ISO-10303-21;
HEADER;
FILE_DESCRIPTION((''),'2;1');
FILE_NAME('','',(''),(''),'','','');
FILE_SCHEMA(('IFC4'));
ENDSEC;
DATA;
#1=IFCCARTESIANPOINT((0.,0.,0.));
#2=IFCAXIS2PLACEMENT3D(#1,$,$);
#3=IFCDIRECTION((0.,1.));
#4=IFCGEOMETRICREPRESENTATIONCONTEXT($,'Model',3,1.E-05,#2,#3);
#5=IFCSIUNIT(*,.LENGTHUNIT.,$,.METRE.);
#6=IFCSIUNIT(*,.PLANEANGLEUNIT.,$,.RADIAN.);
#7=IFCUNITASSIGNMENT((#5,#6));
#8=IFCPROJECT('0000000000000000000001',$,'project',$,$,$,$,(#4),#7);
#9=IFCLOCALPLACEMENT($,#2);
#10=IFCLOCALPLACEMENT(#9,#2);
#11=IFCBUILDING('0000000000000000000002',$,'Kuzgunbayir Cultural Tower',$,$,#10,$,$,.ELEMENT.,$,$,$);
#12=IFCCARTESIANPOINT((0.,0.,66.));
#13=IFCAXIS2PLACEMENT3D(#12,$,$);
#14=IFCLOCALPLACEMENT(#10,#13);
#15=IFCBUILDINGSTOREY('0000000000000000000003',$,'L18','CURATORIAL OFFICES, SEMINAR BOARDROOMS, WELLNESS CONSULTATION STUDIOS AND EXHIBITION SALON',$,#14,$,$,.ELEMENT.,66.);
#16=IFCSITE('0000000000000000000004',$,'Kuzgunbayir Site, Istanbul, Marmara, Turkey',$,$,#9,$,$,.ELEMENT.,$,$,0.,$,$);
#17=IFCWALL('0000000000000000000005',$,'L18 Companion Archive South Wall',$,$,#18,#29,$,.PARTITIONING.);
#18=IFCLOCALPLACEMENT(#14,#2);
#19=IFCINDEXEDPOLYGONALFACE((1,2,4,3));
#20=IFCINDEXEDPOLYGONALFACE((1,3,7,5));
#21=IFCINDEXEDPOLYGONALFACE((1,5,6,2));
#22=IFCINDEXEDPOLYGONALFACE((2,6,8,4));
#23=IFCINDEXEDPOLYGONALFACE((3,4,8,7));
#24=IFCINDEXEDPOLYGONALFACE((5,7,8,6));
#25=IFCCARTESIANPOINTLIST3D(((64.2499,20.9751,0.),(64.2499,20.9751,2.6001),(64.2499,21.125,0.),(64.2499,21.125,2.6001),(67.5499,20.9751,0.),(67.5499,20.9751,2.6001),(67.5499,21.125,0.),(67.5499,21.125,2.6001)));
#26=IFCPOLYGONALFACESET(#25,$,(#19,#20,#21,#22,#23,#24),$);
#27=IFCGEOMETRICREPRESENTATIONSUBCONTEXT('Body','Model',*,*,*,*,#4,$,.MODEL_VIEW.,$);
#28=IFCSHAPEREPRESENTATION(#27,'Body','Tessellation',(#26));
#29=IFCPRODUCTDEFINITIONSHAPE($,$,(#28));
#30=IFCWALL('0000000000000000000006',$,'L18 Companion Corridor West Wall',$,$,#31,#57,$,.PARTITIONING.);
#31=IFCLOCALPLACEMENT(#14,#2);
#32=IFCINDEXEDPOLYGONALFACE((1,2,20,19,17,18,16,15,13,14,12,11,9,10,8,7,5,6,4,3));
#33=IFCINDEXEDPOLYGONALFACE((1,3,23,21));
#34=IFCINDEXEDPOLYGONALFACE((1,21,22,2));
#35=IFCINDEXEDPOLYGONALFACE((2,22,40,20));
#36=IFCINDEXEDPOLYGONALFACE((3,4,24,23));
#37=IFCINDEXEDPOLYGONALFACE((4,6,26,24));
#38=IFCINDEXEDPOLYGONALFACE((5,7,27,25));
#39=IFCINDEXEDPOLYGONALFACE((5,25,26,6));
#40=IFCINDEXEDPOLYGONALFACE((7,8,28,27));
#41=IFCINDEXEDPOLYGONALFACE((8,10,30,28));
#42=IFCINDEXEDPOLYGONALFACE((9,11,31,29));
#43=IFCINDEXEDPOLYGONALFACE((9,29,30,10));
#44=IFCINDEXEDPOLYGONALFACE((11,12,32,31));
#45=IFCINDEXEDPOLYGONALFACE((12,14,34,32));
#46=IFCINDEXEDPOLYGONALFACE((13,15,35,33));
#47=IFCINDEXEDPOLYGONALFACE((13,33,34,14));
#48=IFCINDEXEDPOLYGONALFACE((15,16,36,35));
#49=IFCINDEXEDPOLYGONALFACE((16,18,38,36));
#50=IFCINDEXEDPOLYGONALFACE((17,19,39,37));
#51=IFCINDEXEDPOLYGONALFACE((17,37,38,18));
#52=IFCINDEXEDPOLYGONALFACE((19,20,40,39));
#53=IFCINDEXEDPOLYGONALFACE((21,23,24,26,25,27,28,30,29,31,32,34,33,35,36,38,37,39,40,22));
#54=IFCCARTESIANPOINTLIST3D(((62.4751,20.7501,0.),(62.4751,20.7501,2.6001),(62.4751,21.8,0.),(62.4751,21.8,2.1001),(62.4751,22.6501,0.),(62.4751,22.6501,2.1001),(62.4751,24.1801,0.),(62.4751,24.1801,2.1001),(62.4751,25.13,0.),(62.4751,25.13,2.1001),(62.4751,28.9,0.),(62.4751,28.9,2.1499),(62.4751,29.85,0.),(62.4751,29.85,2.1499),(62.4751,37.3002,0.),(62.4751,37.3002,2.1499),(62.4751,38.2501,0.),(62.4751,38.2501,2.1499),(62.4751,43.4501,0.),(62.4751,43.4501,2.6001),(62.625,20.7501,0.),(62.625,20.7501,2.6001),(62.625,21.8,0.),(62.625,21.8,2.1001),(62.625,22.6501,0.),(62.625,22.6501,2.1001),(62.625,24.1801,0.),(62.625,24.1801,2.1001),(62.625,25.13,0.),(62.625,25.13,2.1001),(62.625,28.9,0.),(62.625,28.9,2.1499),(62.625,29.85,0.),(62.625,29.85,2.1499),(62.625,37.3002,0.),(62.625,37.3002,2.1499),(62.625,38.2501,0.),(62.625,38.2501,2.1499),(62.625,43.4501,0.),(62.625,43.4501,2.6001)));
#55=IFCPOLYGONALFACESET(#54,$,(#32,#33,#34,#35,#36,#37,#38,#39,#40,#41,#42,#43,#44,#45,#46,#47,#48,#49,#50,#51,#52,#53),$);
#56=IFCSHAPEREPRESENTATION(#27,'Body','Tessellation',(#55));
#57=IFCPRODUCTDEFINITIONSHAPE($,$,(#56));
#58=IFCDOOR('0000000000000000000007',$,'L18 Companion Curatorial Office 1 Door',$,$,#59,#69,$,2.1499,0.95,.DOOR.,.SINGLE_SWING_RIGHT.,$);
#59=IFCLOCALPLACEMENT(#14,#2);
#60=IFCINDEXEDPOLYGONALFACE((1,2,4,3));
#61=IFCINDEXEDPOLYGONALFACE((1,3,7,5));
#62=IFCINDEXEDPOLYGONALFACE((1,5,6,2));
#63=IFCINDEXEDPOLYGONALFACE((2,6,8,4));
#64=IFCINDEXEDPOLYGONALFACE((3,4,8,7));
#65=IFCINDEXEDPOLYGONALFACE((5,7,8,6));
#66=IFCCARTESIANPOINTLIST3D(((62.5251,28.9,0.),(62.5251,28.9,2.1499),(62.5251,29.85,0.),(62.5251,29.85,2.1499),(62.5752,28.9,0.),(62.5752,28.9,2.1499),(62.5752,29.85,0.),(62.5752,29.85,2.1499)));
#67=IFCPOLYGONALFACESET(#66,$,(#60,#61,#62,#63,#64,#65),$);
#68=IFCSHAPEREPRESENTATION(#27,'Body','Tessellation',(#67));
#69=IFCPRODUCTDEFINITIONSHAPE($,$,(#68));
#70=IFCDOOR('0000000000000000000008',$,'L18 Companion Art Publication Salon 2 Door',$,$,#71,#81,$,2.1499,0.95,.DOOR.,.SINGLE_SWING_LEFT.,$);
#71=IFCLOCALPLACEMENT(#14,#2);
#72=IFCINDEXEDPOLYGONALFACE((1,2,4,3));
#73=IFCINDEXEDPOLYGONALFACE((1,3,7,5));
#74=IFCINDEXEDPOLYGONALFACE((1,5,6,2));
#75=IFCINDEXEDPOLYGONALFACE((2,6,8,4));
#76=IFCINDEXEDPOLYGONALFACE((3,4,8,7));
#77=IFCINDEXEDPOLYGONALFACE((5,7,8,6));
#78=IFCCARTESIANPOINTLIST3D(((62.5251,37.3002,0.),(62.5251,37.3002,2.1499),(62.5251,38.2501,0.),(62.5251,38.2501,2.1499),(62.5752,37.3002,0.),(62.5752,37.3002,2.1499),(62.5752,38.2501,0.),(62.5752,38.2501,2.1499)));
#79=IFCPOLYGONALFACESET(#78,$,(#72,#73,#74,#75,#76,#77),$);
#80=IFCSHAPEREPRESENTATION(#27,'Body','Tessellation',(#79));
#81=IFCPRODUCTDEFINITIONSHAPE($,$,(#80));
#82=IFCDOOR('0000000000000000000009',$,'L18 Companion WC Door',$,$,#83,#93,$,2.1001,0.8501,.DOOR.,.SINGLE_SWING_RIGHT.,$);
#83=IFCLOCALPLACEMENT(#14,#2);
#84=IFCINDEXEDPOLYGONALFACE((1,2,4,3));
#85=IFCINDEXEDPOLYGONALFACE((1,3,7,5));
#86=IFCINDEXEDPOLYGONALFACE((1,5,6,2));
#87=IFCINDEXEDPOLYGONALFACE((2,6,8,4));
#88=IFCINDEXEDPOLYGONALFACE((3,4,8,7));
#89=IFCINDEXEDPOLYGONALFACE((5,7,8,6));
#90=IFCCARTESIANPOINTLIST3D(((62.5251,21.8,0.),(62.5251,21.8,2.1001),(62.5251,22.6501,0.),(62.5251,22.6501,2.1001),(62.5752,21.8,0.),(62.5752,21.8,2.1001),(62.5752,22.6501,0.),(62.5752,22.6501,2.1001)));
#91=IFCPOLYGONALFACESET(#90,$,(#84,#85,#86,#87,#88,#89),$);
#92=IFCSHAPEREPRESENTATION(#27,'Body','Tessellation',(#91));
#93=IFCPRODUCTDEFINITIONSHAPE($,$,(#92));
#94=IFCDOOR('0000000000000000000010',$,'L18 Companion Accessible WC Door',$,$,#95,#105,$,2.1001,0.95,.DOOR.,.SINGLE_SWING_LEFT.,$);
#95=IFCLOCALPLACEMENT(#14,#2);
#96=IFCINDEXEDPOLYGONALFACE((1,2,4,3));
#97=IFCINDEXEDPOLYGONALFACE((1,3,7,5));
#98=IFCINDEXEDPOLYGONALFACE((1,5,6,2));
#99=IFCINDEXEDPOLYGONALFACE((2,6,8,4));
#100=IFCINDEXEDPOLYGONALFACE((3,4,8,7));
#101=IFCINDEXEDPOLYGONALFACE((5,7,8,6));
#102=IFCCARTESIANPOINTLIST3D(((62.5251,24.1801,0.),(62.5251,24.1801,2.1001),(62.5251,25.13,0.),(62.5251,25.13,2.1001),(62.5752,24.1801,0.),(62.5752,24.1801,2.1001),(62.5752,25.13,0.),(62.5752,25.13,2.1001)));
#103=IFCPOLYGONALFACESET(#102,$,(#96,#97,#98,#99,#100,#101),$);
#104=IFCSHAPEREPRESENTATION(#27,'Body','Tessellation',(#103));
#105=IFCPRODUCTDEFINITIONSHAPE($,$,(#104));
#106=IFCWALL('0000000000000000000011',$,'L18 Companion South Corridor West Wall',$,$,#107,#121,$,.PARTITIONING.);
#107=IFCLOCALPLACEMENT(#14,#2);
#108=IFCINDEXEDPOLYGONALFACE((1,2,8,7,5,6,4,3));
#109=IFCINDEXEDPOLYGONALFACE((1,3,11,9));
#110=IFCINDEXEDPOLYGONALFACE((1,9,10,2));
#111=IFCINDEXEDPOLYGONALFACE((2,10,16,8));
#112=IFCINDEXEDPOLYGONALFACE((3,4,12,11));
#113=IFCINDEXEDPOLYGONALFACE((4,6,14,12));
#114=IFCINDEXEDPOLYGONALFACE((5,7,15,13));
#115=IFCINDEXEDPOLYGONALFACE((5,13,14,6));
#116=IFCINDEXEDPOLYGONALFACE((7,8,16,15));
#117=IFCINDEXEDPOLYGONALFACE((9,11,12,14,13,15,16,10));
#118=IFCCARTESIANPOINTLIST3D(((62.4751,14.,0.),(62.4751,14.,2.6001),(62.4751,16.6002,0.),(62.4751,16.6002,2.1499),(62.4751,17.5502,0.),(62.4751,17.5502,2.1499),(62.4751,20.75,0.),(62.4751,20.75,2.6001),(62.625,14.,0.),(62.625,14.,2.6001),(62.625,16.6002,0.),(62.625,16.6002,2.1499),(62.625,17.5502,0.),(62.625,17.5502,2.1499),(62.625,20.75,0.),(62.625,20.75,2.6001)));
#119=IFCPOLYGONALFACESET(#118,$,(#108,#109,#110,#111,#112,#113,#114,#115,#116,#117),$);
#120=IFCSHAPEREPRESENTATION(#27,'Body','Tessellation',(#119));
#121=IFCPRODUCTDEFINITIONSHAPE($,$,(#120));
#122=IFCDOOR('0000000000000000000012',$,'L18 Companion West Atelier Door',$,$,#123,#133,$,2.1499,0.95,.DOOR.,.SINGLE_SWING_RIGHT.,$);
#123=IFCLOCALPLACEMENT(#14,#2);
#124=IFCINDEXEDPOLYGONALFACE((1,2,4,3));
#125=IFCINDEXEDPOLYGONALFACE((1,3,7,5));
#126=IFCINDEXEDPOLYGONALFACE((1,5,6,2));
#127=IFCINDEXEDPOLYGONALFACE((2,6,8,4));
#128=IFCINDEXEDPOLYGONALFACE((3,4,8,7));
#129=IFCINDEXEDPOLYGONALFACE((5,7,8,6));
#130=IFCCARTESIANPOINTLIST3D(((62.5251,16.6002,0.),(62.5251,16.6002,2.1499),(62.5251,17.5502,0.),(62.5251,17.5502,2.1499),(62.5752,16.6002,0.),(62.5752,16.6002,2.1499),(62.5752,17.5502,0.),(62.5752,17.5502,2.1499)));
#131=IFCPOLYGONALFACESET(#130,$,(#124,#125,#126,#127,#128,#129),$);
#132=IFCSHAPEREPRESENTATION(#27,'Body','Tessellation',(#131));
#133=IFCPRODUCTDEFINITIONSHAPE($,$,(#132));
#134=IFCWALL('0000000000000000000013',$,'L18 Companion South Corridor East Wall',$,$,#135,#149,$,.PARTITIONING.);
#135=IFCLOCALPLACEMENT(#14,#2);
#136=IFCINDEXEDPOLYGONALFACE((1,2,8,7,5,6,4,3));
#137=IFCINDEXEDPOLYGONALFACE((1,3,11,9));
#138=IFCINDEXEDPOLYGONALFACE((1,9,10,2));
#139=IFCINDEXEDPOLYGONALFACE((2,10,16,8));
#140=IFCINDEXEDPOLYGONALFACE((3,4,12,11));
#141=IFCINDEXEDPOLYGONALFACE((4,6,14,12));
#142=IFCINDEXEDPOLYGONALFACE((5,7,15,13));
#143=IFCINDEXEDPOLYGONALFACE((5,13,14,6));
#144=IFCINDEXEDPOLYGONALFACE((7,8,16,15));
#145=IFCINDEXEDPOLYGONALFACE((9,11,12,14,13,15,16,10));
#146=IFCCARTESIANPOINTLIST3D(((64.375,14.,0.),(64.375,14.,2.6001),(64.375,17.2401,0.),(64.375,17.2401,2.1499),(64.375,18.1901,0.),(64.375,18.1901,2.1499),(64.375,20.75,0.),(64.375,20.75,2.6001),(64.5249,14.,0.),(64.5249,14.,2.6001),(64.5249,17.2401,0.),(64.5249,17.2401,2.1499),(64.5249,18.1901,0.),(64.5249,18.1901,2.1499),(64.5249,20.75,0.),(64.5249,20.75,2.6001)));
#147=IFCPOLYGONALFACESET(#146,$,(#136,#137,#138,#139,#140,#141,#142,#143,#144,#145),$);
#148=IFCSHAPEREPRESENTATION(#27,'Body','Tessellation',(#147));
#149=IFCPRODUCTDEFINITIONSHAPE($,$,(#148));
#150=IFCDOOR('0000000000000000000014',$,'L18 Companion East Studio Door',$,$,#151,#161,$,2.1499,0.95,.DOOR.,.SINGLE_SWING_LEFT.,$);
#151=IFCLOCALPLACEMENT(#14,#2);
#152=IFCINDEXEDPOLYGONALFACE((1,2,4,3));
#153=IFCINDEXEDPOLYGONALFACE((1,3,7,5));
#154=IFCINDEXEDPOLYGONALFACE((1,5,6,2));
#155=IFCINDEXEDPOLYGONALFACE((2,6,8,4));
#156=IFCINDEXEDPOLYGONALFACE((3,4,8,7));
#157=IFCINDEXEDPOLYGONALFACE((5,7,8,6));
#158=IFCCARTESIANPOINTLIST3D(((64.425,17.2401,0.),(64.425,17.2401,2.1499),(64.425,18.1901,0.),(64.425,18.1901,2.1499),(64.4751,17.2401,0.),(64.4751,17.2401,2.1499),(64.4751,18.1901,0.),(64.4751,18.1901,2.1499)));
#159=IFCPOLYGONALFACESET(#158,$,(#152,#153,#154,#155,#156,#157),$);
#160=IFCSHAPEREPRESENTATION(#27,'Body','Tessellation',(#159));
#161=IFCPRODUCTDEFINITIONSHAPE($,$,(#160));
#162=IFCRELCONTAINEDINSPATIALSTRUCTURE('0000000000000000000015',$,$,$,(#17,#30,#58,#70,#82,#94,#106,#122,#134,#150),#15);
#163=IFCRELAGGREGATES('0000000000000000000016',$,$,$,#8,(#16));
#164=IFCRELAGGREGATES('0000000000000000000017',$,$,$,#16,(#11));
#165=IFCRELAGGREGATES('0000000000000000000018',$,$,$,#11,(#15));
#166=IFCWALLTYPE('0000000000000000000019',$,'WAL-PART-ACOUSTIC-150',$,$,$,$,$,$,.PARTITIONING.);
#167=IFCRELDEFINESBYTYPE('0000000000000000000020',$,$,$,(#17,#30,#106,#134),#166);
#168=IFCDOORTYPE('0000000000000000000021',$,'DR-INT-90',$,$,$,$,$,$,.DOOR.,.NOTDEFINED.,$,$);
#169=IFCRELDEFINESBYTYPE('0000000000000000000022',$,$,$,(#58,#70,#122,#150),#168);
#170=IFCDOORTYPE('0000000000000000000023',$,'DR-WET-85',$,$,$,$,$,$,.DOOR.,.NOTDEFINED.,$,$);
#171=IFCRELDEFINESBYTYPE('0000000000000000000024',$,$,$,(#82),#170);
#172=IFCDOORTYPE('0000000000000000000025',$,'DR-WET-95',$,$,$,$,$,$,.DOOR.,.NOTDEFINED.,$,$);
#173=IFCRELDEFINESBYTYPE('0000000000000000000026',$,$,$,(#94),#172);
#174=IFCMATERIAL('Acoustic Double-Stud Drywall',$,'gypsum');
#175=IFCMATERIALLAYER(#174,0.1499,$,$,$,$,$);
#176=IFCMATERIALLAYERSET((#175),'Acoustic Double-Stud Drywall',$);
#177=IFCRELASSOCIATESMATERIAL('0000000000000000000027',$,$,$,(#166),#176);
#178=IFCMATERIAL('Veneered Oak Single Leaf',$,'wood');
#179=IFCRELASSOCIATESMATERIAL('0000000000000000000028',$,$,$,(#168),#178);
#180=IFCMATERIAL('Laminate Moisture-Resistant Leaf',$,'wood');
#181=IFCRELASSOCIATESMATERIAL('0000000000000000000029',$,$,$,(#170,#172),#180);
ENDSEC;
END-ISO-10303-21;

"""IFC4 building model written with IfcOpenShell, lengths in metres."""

from ifc_helpers import new_model, si_unit, direction, frame, frame_2d, origin, place, context, subcontext, project, spatial, rectangle, extrude, material, layer, layer_set, type_object, element, fill, save


model = new_model("IFC4")

# Units and contexts
model_context = context("Model", 3, precision=1e-05, world=origin(), true_north=direction((0.0, 1.0)))
body_context = subcontext(model_context, "Body", "Model", "MODEL_VIEW")
ifc_project = project(units=[si_unit("LENGTHUNIT", "METRE"), si_unit("PLANEANGLEUNIT", "RADIAN")], contexts=[model_context])

# Site, building, storey
site_placement = place(None, origin())
site = spatial("IfcSite", under=ifc_project, at=site_placement, Name="Kuzgunbayir Site, Istanbul, Marmara, Turkey", CompositionType="ELEMENT", RefElevation=0.0)
building_placement = place(site_placement, origin())
building = spatial("IfcBuilding", under=site, at=building_placement, Name="Kuzgunbayir Cultural Tower", CompositionType="ELEMENT")
storey_placement = place(building_placement, frame((0.0, 0.0, 66.0)))
storey = spatial("IfcBuildingStorey", under=building, at=storey_placement, Name="L18", Description="CURATORIAL OFFICES, SEMINAR BOARDROOMS, WELLNESS CONSULTATION STUDIOS AND EXHIBITION SALON", CompositionType="ELEMENT", Elevation=66.0)

# Shared definitions
ifc_material_1 = material(Name="Acoustic Double-Stud Drywall", Category="gypsum")
ifc_layer_1 = layer(ifc_material_1, 0.1499)
ifc_layer_set_1 = layer_set([ifc_layer_1], Name="Acoustic Double-Stud Drywall")
wall_type_1 = type_object("IfcWallType", Name="WAL-PART-ACOUSTIC-150", PredefinedType="PARTITIONING", material=ifc_layer_set_1)
ifc_material_2 = material(Name="Veneered Oak Single Leaf", Category="wood")
door_type_1 = type_object("IfcDoorType", Name="DR-INT-90", OperationType="NOTDEFINED", PredefinedType="DOOR", material=ifc_material_2)

# Wall
wall_1_placement = place(storey_placement, frame((64.25, 21.05, 0.0), z_axis=(0.0, 0.0, 1.0), x_axis=(1.0, 0.0, 0.0)))
element("IfcWall", 1, at=wall_1_placement, inside=storey, type_object=wall_type_1, Name="L18 Companion Archive South Wall", PredefinedType="PARTITIONING", context=body_context, shape_type="SweptSolid", body=[
    extrude(rectangle(XDim=3.3, YDim=0.1499, at=frame_2d((1.6499, 0.0))), origin(), (0.0, 0.0, 1.0), 2.6001),
])

# Wall, openings, doors
wall_2_placement = place(storey_placement, frame((62.55, 20.75, 0.0), z_axis=(0.0, 0.0, 1.0), x_axis=(0.0, 1.0, 0.0)))
wall_2 = element("IfcWall", 2, at=wall_2_placement, inside=storey, type_object=wall_type_1, Name="L18 Companion Corridor West Wall", PredefinedType="PARTITIONING", context=body_context, shape_type="SweptSolid", body=[
    extrude(rectangle(XDim=22.7, YDim=0.1499, at=frame_2d((11.3501, 0.0))), origin(), (0.0, 0.0, 1.0), 2.6001),
])
opening_1_placement = place(wall_2_placement, frame((1.05, 0.0, 0.0)))
opening_1 = element("IfcOpeningElement", 3, at=opening_1_placement, cuts=wall_2, PredefinedType="OPENING", context=body_context, shape_type="SweptSolid", body=[
    extrude(rectangle(XDim=0.8501, YDim=2.1001, at=frame_2d((0.425, 1.05))), frame((0.0, 0.085, 0.0), z_axis=(0.0, -1.0, 0.0), x_axis=(1.0, 0.0, 0.0)), (0.0, 0.0, 1.0), 0.1699),
])
opening_2_placement = place(wall_2_placement, frame((3.4299, 0.0, 0.0)))
opening_2 = element("IfcOpeningElement", 4, at=opening_2_placement, cuts=wall_2, PredefinedType="OPENING", context=body_context, shape_type="SweptSolid", body=[
    extrude(rectangle(XDim=0.95, YDim=2.1001, at=frame_2d((0.4751, 1.05))), frame((0.0, 0.085, 0.0), z_axis=(0.0, -1.0, 0.0), x_axis=(1.0, 0.0, 0.0)), (0.0, 0.0, 1.0), 0.1699),
])
opening_3_placement = place(wall_2_placement, frame((8.1499, 0.0, 0.0)))
opening_3 = element("IfcOpeningElement", 5, at=opening_3_placement, cuts=wall_2, PredefinedType="OPENING", context=body_context, shape_type="SweptSolid", body=[
    extrude(rectangle(XDim=0.95, YDim=2.1499, at=frame_2d((0.4751, 1.075))), frame((0.0, 0.085, 0.0), z_axis=(0.0, -1.0, 0.0), x_axis=(1.0, 0.0, 0.0)), (0.0, 0.0, 1.0), 0.1699),
])
opening_4_placement = place(wall_2_placement, frame((16.55, 0.0, 0.0)))
opening_4 = element("IfcOpeningElement", 6, at=opening_4_placement, cuts=wall_2, PredefinedType="OPENING", context=body_context, shape_type="SweptSolid", body=[
    extrude(rectangle(XDim=0.95, YDim=2.1499, at=frame_2d((0.4751, 1.075))), frame((0.0, 0.085, 0.0), z_axis=(0.0, -1.0, 0.0), x_axis=(1.0, 0.0, 0.0)), (0.0, 0.0, 1.0), 0.1699),
])
door_1_placement = place(opening_3_placement, origin())
door_1 = element("IfcDoor", 7, at=door_1_placement, inside=storey, type_object=door_type_1, Name="L18 Companion Curatorial Office 1 Door", OperationType="SINGLE_SWING_RIGHT", OverallHeight=2.1499, OverallWidth=0.95, PredefinedType="DOOR", context=body_context, shape_type="SweptSolid", body=[
    extrude(rectangle(XDim=0.95, YDim=2.1499, at=frame_2d((0.4751, 1.075))), frame((0.0, 0.0249, 0.0), z_axis=(0.0, -1.0, 0.0), x_axis=(1.0, 0.0, 0.0)), (0.0, 0.0, 1.0), 0.05),
])
fill(opening_3, door_1)
door_2_placement = place(opening_4_placement, origin())
door_2 = element("IfcDoor", 8, at=door_2_placement, inside=storey, type_object=door_type_1, Name="L18 Companion Art Publication Salon 2 Door", OperationType="SINGLE_SWING_LEFT", OverallHeight=2.1499, OverallWidth=0.95, PredefinedType="DOOR", context=body_context, shape_type="SweptSolid", body=[
    extrude(rectangle(XDim=0.95, YDim=2.1499, at=frame_2d((0.4751, 1.075))), frame((0.0, 0.0249, 0.0), z_axis=(0.0, -1.0, 0.0), x_axis=(1.0, 0.0, 0.0)), (0.0, 0.0, 1.0), 0.05),
])
fill(opening_4, door_2)
ifc_material_3 = material(Name="Laminate Moisture-Resistant Leaf", Category="wood")
door_type_2 = type_object("IfcDoorType", Name="DR-WET-85", OperationType="NOTDEFINED", PredefinedType="DOOR", material=ifc_material_3)
door_3_placement = place(opening_1_placement, origin())
door_3 = element("IfcDoor", 9, at=door_3_placement, inside=storey, type_object=door_type_2, Name="L18 Companion WC Door", OperationType="SINGLE_SWING_RIGHT", OverallHeight=2.1001, OverallWidth=0.8501, PredefinedType="DOOR", context=body_context, shape_type="SweptSolid", body=[
    extrude(rectangle(XDim=0.8501, YDim=2.1001, at=frame_2d((0.425, 1.05))), frame((0.0, 0.0249, 0.0), z_axis=(0.0, -1.0, 0.0), x_axis=(1.0, 0.0, 0.0)), (0.0, 0.0, 1.0), 0.05),
])
fill(opening_1, door_3)
door_type_3 = type_object("IfcDoorType", Name="DR-WET-95", OperationType="NOTDEFINED", PredefinedType="DOOR", material=ifc_material_3)
door_4_placement = place(opening_2_placement, origin())
door_4 = element("IfcDoor", 10, at=door_4_placement, inside=storey, type_object=door_type_3, Name="L18 Companion Accessible WC Door", OperationType="SINGLE_SWING_LEFT", OverallHeight=2.1001, OverallWidth=0.95, PredefinedType="DOOR", context=body_context, shape_type="SweptSolid", body=[
    extrude(rectangle(XDim=0.95, YDim=2.1001, at=frame_2d((0.4751, 1.05))), frame((0.0, 0.0249, 0.0), z_axis=(0.0, -1.0, 0.0), x_axis=(1.0, 0.0, 0.0)), (0.0, 0.0, 1.0), 0.05),
])
fill(opening_2, door_4)

# Walls, openings, doors
wall_3_placement = place(storey_placement, frame((62.55, 14.0, 0.0), z_axis=(0.0, 0.0, 1.0), x_axis=(0.0, 1.0, 0.0)))
wall_3 = element("IfcWall", 11, at=wall_3_placement, inside=storey, type_object=wall_type_1, Name="L18 Companion South Corridor West Wall", PredefinedType="PARTITIONING", context=body_context, shape_type="SweptSolid", body=[
    extrude(rectangle(XDim=6.75, YDim=0.1499, at=frame_2d((3.375, 0.0))), origin(), (0.0, 0.0, 1.0), 2.6001),
])
opening_5_placement = place(wall_3_placement, frame((2.6001, 0.0, 0.0)))
opening_5 = element("IfcOpeningElement", 12, at=opening_5_placement, cuts=wall_3, PredefinedType="OPENING", context=body_context, shape_type="SweptSolid", body=[
    extrude(rectangle(XDim=0.95, YDim=2.1499, at=frame_2d((0.4751, 1.075))), frame((0.0, 0.085, 0.0), z_axis=(0.0, -1.0, 0.0), x_axis=(1.0, 0.0, 0.0)), (0.0, 0.0, 1.0), 0.1699),
])
door_5_placement = place(opening_5_placement, origin())
door_5 = element("IfcDoor", 13, at=door_5_placement, inside=storey, type_object=door_type_1, Name="L18 Companion West Atelier Door", OperationType="SINGLE_SWING_RIGHT", OverallHeight=2.1499, OverallWidth=0.95, PredefinedType="DOOR", context=body_context, shape_type="SweptSolid", body=[
    extrude(rectangle(XDim=0.95, YDim=2.1499, at=frame_2d((0.4751, 1.075))), frame((0.0, 0.0249, 0.0), z_axis=(0.0, -1.0, 0.0), x_axis=(1.0, 0.0, 0.0)), (0.0, 0.0, 1.0), 0.05),
])
fill(opening_5, door_5)
wall_4_placement = place(storey_placement, frame((64.45, 14.0, 0.0), z_axis=(0.0, 0.0, 1.0), x_axis=(0.0, 1.0, 0.0)))
wall_4 = element("IfcWall", 14, at=wall_4_placement, inside=storey, type_object=wall_type_1, Name="L18 Companion South Corridor East Wall", PredefinedType="PARTITIONING", context=body_context, shape_type="SweptSolid", body=[
    extrude(rectangle(XDim=6.75, YDim=0.1499, at=frame_2d((3.375, 0.0))), origin(), (0.0, 0.0, 1.0), 2.6001),
])
opening_6_placement = place(wall_4_placement, frame((3.24, 0.0, 0.0)))
opening_6 = element("IfcOpeningElement", 15, at=opening_6_placement, cuts=wall_4, PredefinedType="OPENING", context=body_context, shape_type="SweptSolid", body=[
    extrude(rectangle(XDim=0.95, YDim=2.1499, at=frame_2d((0.4751, 1.075))), frame((0.0, 0.085, 0.0), z_axis=(0.0, -1.0, 0.0), x_axis=(1.0, 0.0, 0.0)), (0.0, 0.0, 1.0), 0.1699),
])
door_6_placement = place(opening_6_placement, origin())
door_6 = element("IfcDoor", 16, at=door_6_placement, inside=storey, type_object=door_type_1, Name="L18 Companion East Studio Door", OperationType="SINGLE_SWING_LEFT", OverallHeight=2.1499, OverallWidth=0.95, PredefinedType="DOOR", context=body_context, shape_type="SweptSolid", body=[
    extrude(rectangle(XDim=0.95, YDim=2.1499, at=frame_2d((0.4751, 1.075))), frame((0.0, 0.0249, 0.0), z_axis=(0.0, -1.0, 0.0), x_axis=(1.0, 0.0, 0.0)), (0.0, 0.0, 1.0), 0.05),
])
fill(opening_6, door_6)

save(model, "model.ifc")
